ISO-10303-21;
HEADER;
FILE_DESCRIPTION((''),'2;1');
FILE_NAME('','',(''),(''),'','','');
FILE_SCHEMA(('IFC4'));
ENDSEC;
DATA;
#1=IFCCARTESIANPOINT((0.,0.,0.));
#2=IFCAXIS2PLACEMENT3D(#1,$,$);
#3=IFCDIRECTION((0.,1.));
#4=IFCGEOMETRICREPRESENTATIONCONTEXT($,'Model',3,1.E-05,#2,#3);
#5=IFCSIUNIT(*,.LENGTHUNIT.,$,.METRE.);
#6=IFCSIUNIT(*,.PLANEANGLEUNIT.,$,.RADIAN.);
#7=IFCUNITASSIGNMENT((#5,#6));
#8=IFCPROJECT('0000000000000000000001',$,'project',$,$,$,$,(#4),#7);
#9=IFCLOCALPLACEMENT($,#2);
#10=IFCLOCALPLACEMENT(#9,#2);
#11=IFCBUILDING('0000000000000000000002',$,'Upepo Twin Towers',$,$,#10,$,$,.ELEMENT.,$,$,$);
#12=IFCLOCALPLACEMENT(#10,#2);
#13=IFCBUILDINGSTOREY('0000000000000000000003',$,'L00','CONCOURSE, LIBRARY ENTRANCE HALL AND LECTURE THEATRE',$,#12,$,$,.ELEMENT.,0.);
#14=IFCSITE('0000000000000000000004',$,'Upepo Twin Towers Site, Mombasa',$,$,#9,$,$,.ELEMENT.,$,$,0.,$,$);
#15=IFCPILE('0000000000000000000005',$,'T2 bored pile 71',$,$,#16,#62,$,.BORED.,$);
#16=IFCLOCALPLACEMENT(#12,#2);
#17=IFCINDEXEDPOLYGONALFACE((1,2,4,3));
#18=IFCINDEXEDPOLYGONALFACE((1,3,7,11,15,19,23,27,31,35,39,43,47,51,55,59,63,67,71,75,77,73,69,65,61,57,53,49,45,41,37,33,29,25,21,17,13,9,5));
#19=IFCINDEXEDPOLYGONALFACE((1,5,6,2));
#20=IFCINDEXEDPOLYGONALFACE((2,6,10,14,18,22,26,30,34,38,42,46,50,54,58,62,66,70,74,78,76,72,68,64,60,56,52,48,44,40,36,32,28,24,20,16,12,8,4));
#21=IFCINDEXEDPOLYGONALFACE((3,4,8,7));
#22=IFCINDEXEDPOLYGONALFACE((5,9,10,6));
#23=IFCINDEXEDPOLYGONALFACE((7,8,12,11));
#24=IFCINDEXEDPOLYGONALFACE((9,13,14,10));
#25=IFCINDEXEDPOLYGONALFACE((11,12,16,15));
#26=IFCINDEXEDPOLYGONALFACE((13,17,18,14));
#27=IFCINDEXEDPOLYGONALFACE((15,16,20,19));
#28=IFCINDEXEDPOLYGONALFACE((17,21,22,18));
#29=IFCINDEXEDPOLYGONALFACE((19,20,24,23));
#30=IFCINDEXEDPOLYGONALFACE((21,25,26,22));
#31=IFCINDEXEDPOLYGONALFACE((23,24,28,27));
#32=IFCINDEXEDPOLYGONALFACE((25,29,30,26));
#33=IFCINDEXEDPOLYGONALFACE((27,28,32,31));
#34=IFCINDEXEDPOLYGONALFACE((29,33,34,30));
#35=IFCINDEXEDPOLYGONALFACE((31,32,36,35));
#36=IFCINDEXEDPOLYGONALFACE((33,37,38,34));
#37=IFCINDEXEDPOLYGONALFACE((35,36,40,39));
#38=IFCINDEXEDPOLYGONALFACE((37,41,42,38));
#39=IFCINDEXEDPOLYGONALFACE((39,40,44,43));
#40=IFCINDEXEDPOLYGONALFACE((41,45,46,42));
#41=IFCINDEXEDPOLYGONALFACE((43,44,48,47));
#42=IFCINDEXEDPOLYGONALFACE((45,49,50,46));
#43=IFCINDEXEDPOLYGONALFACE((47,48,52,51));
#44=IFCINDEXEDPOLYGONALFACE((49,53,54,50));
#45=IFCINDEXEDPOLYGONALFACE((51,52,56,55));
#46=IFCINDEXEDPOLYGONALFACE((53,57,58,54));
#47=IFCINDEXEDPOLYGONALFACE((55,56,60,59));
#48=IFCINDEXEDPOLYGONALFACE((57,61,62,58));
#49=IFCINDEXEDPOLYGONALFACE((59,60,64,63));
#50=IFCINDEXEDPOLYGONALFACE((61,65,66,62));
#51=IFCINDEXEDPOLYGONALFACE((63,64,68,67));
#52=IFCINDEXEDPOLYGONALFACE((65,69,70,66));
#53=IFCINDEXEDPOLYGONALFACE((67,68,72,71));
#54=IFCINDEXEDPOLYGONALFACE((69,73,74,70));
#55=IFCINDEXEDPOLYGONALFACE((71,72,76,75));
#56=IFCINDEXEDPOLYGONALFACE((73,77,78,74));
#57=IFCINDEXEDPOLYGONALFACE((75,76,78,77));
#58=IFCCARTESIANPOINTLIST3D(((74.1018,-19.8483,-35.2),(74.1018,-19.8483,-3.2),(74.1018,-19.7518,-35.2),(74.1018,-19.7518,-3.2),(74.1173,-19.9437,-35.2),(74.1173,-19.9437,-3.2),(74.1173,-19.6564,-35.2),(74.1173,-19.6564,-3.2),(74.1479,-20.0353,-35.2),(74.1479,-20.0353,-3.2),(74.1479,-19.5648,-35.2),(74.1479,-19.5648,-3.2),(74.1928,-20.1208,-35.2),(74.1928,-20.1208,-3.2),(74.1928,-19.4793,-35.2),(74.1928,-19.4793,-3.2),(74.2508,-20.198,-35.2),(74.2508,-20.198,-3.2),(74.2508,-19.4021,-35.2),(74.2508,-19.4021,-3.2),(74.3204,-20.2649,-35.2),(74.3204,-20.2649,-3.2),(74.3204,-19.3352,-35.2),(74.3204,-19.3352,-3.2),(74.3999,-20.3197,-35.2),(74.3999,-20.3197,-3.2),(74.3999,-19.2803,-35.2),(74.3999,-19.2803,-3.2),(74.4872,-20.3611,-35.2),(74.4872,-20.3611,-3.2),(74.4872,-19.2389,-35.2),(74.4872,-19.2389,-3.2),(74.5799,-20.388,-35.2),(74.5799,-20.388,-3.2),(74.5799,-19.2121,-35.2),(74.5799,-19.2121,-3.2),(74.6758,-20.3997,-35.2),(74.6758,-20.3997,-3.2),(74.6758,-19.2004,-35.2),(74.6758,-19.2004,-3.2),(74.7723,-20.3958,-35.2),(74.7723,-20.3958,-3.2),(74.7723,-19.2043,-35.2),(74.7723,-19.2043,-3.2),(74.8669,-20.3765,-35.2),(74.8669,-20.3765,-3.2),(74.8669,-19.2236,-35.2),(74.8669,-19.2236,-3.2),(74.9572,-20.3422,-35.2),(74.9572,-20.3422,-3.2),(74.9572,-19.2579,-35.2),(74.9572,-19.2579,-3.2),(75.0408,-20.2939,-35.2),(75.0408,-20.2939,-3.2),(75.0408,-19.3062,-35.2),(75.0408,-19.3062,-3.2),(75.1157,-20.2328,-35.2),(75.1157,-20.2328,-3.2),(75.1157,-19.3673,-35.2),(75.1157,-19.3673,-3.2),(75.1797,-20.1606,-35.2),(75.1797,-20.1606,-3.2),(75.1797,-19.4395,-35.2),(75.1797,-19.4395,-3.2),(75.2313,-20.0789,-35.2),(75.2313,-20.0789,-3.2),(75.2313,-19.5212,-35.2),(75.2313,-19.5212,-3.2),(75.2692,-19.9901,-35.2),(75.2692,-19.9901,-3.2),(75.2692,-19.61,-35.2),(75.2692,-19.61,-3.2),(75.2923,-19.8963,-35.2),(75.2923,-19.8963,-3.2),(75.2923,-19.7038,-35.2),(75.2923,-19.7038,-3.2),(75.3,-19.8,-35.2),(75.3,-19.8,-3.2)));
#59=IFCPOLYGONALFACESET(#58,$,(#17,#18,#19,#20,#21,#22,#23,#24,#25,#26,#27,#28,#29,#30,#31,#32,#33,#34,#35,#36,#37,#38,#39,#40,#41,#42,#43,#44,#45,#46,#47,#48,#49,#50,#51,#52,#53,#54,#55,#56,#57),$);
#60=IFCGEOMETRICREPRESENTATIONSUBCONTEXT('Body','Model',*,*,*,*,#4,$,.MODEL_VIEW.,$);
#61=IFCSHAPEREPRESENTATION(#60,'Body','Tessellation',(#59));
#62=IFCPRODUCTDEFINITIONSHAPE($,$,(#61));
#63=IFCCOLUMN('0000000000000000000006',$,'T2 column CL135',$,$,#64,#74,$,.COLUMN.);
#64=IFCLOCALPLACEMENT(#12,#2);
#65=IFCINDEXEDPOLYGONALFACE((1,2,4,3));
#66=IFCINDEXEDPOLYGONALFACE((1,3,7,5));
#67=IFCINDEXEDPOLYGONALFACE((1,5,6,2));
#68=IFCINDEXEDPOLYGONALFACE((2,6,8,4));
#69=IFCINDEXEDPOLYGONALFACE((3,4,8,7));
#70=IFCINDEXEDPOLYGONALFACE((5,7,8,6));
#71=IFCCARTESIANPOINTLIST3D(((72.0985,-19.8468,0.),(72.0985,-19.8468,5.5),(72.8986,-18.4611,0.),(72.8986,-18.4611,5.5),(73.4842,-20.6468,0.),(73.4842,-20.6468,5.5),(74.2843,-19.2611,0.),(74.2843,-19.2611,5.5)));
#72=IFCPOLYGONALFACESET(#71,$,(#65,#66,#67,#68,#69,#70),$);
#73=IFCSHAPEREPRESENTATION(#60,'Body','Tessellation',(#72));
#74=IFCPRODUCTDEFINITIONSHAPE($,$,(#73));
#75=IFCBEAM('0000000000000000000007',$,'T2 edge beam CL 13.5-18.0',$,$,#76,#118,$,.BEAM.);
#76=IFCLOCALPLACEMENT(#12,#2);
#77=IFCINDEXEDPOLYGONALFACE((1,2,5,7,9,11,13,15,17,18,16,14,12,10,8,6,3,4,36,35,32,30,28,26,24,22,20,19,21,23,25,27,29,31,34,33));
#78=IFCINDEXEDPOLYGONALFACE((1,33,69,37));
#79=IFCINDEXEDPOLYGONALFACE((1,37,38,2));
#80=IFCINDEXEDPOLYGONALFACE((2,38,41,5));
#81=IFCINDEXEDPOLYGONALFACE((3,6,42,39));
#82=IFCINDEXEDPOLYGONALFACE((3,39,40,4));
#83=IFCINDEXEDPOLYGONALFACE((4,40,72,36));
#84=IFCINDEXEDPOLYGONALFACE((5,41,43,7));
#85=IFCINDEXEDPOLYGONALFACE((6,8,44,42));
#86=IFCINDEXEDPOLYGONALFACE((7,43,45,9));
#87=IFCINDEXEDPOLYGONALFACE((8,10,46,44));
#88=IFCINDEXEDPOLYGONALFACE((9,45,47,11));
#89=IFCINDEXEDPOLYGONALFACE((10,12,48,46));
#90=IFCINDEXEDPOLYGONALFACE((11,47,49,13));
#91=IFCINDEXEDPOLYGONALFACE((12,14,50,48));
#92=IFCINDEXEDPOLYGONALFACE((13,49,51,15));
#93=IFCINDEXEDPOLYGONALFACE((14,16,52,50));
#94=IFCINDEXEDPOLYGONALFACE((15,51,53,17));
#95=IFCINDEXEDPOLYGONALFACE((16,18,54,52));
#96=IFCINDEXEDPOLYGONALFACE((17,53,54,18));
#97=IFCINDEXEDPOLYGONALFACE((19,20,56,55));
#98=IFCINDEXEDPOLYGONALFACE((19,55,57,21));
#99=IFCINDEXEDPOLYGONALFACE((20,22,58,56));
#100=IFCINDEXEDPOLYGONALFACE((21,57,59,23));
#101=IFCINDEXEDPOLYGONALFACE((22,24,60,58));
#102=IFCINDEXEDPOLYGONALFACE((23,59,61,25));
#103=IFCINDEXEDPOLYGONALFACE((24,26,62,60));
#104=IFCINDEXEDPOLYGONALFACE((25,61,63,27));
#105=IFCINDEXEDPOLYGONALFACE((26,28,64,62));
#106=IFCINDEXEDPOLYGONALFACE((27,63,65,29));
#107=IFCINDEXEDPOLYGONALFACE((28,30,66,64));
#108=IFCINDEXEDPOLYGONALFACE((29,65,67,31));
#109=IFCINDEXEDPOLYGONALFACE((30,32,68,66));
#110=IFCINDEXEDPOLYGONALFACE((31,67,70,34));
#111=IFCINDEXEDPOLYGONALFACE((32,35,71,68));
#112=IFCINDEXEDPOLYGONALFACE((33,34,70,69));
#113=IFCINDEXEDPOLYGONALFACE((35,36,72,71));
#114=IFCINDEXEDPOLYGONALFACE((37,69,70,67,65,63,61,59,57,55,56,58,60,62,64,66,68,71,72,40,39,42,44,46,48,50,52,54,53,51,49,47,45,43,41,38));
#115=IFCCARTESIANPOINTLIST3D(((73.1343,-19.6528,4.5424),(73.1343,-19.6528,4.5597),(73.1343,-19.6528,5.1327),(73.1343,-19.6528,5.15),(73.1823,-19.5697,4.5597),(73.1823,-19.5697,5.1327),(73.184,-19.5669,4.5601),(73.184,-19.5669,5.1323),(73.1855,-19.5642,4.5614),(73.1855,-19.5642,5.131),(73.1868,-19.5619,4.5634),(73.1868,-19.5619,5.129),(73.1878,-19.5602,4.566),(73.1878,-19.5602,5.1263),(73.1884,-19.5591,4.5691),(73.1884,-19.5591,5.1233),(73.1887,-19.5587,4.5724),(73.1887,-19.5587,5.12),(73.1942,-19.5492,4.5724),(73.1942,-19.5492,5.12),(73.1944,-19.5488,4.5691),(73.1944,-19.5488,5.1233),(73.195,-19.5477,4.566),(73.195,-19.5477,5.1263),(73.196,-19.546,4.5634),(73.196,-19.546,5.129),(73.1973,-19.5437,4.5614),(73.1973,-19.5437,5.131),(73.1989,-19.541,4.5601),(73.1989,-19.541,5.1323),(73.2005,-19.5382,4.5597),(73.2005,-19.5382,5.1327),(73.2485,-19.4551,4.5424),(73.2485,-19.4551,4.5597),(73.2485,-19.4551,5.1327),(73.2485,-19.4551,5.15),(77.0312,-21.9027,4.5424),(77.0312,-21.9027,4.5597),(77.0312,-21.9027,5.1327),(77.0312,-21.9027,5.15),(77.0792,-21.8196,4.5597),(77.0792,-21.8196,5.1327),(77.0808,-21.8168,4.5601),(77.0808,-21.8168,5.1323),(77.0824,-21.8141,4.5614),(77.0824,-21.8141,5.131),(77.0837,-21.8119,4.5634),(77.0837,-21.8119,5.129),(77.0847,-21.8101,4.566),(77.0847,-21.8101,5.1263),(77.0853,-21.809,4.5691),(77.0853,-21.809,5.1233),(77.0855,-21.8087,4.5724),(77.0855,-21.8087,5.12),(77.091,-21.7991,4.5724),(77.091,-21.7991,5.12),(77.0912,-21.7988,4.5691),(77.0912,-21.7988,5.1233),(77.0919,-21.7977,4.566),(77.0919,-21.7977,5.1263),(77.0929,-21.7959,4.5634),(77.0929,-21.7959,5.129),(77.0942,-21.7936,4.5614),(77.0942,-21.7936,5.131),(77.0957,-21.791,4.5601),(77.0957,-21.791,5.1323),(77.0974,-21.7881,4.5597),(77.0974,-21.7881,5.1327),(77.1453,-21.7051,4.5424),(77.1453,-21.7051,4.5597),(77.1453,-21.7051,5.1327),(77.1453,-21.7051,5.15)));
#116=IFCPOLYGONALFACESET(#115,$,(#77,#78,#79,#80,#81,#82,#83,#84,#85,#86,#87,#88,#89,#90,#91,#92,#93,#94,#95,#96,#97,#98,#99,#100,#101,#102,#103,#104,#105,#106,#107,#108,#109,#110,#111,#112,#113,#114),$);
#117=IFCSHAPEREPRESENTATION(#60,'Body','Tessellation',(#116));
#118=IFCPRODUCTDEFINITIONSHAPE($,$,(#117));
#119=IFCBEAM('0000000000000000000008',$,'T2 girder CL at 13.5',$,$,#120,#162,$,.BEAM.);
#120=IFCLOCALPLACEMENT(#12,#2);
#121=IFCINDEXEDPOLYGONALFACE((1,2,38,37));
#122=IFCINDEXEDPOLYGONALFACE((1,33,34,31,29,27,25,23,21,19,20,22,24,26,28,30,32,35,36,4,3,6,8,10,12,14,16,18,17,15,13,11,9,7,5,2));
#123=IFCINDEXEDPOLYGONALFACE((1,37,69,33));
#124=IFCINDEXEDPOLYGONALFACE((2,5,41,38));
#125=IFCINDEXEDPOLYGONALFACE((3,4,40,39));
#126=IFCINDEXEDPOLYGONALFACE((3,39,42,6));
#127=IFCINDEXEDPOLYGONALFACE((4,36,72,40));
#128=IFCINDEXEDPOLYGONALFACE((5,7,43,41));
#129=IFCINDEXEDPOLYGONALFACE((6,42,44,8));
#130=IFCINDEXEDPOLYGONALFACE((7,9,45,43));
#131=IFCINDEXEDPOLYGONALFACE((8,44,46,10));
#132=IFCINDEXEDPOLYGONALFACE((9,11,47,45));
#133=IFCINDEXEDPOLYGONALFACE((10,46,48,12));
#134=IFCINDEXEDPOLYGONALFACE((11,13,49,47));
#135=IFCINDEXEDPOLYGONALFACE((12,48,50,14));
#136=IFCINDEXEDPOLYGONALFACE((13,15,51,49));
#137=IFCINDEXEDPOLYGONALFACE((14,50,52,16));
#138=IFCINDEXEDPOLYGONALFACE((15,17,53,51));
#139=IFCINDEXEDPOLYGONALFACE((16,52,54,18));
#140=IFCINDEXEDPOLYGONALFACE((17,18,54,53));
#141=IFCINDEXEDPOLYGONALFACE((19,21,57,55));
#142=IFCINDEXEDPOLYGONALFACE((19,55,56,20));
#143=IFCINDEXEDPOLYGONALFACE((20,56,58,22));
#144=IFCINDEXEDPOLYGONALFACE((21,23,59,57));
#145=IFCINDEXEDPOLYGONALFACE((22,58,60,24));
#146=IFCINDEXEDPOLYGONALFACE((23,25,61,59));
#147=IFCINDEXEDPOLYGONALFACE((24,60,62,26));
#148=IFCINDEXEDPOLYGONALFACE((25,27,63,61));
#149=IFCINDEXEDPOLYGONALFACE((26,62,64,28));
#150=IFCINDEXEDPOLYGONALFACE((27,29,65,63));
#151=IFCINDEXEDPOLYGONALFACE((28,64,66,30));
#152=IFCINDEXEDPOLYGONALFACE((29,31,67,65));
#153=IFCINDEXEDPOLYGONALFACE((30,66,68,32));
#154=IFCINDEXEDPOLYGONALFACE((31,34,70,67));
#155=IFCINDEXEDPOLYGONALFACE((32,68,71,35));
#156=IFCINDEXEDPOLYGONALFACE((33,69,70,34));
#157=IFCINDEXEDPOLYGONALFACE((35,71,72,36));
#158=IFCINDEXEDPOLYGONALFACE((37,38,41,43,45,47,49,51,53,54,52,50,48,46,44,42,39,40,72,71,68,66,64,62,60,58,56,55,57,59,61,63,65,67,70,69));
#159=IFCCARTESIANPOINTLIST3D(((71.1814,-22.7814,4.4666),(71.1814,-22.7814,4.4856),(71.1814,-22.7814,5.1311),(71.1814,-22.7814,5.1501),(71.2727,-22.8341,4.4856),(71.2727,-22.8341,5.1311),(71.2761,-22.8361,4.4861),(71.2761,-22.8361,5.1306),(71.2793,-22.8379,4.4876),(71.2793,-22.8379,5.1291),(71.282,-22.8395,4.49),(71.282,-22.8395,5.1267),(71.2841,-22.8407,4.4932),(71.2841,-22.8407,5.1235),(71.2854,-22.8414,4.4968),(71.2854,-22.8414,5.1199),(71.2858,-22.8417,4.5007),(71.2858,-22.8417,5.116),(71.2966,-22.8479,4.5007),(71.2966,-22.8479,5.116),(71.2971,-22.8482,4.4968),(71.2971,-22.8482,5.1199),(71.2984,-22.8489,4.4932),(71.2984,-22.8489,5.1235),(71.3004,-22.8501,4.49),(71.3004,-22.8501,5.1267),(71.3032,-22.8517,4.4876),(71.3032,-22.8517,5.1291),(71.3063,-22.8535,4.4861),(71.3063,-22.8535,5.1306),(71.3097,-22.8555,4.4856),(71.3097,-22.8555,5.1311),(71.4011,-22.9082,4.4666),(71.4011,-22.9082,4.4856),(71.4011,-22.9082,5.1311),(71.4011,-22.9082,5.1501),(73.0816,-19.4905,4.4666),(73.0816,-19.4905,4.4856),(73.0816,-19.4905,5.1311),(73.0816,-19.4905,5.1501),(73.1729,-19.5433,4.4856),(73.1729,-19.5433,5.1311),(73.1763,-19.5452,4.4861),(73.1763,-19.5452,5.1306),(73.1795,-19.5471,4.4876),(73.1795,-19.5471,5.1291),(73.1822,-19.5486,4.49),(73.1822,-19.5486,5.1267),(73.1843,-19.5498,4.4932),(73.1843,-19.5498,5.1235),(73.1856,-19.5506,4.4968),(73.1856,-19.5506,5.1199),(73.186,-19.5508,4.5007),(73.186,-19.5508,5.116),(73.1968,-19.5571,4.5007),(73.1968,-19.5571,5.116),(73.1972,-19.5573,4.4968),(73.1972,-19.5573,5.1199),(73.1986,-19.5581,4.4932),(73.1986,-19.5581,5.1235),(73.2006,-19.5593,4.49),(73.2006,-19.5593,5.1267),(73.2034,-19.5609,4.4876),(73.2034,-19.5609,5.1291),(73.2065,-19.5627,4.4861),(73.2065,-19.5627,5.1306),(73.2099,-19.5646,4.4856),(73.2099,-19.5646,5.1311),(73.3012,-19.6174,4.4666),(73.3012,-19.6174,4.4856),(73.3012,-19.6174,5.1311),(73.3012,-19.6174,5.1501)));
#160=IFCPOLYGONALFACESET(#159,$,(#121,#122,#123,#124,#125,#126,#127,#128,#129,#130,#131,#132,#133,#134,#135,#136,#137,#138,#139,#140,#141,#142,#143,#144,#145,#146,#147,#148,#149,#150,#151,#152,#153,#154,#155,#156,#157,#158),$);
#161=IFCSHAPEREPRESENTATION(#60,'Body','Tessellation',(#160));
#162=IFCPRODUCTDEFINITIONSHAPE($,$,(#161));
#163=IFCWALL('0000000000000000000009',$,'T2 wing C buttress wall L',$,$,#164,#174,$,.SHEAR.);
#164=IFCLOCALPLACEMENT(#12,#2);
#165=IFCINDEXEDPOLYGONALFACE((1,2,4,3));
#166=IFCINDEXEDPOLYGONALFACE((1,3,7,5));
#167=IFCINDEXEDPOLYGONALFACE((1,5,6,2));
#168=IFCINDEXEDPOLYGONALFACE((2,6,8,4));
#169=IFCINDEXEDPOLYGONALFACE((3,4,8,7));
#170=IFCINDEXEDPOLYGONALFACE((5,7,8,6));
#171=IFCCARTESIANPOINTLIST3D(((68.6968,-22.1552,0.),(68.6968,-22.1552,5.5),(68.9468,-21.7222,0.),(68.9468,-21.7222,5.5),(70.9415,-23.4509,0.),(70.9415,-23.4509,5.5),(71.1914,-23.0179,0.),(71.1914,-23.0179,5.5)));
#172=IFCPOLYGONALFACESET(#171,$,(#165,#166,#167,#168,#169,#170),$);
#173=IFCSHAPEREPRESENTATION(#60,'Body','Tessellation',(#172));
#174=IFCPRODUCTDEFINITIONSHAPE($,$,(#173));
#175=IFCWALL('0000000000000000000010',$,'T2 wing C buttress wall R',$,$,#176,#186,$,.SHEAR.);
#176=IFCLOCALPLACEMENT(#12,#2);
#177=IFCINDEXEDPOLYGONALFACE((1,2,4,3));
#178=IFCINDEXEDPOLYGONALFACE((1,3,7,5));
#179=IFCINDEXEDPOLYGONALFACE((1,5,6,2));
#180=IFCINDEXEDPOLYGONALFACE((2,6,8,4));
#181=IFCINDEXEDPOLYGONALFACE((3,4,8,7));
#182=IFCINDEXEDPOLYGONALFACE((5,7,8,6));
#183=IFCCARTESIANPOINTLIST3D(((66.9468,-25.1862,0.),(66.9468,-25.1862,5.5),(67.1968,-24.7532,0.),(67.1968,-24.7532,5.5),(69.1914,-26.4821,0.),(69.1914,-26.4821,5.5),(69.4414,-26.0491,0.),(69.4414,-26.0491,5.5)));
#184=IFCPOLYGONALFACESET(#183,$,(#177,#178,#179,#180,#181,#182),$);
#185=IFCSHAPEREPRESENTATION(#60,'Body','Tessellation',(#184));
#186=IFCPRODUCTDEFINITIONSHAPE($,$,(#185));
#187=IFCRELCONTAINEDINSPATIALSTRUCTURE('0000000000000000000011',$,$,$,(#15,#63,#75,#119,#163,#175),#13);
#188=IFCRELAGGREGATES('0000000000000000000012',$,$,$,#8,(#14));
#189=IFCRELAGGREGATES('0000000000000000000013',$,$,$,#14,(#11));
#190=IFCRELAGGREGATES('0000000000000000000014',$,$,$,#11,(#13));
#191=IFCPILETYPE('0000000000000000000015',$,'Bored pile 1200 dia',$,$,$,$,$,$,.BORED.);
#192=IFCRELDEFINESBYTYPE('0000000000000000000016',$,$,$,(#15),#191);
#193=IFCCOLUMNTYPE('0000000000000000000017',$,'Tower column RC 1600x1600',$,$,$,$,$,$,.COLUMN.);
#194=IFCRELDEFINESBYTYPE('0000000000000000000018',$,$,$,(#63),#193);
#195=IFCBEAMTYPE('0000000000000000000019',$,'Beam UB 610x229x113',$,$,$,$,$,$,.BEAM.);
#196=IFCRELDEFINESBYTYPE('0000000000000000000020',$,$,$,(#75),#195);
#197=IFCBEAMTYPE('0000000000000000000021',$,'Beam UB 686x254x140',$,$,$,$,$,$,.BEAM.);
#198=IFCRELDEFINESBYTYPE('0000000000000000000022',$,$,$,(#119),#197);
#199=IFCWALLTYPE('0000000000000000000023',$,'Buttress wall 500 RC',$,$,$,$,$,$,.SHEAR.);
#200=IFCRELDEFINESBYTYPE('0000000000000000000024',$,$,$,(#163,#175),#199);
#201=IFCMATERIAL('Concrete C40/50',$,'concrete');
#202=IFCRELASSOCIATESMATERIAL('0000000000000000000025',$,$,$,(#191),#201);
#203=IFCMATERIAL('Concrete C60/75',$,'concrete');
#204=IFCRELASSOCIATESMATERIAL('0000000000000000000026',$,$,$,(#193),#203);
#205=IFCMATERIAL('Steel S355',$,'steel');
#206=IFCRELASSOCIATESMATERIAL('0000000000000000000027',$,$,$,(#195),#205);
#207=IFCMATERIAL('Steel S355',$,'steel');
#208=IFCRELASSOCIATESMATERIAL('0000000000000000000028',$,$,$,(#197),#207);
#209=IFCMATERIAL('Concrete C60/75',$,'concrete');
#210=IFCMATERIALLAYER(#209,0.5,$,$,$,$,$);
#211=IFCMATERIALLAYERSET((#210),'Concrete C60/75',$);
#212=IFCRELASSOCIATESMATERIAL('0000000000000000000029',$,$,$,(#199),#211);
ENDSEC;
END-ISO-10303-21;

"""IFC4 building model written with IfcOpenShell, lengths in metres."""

from ifc_helpers import new_model, si_unit, direction, frame, frame_2d, origin, origin_2d, place, context, subcontext, project, spatial, rectangle, circle, i_section, extrude, material, layer, layer_set, material_profile, profile_set, type_object, element, save


model = new_model("IFC4")

# Units and contexts
model_context = context("Model", 3, precision=1e-05, world=origin(), true_north=direction((0.0, 1.0)))
body_context = subcontext(model_context, "Body", "Model", "MODEL_VIEW")
ifc_project = project(units=[si_unit("LENGTHUNIT", "METRE"), si_unit("PLANEANGLEUNIT", "RADIAN")], contexts=[model_context])

# Site, building, storey
site_placement = place(None, origin())
site = spatial("IfcSite", under=ifc_project, at=site_placement, Name="Upepo Twin Towers Site, Mombasa", CompositionType="ELEMENT", RefElevation=0.0)
building_placement = place(site_placement, origin())
building = spatial("IfcBuilding", under=site, at=building_placement, Name="Upepo Twin Towers", CompositionType="ELEMENT")
storey_placement = place(building_placement, origin())
storey = spatial("IfcBuildingStorey", under=building, at=storey_placement, Name="L00", Description="CONCOURSE, LIBRARY ENTRANCE HALL AND LECTURE THEATRE", CompositionType="ELEMENT", Elevation=0.0)

# Pile
ifc_material_1 = material(Name="Concrete C40/50", Category="concrete")
pile_type = type_object("IfcPileType", Name="Bored pile 1200 dia", PredefinedType="BORED", material=ifc_material_1)
for number, where, z_axis, x_axis, name in (
    (1, (74.7, -19.8, -3.2), (0.0, 0.0, -1.0), (1.0, 0.0, 0.0), "T2 bored pile 71"),
):
    element("IfcPile", number, at=place(storey_placement, frame(where, z_axis=z_axis, x_axis=x_axis)), inside=storey, type_object=pile_type, Name=name, PredefinedType="BORED", context=body_context, shape_type="SweptSolid", body=[
        extrude(circle(Radius=0.6001, at=origin_2d()), origin(), (0.0, 0.0, 1.0), 32.0),
    ])

# Column
ifc_material_2 = material(Name="Concrete C60/75", Category="concrete")
ifc_material_profile_1 = material_profile(ifc_material_2, rectangle(XDim=1.6001, YDim=1.6001, at=origin_2d()), Name="RC 1600x1600")
ifc_profile_set_1 = profile_set([ifc_material_profile_1], Name="Concrete C60/75")
column_type = type_object("IfcColumnType", Name="Tower column RC 1600x1600", PredefinedType="COLUMN", material=ifc_profile_set_1)
column_placement = place(storey_placement, frame((73.1914, -19.554, 0.0), z_axis=(0.0, 0.0, 1.0), x_axis=(0.5, 0.866025, 0.0)))
element("IfcColumn", 2, at=column_placement, inside=storey, type_object=column_type, Name="T2 column CL135", PredefinedType="COLUMN", context=body_context, shape_type="SweptSolid", body=[
    extrude(rectangle(XDim=1.6001, YDim=1.6001, at=origin_2d()), origin(), (0.0, 0.0, 1.0), 5.5),
])

# Beams
ifc_material_3 = material(Name="Steel S355", Category="steel")
ifc_material_profile_2 = material_profile(ifc_material_3, i_section(OverallWidth=0.2283, OverallDepth=0.6077, WebThickness=0.011, FlangeThickness=0.0173, FilletRadius=0.0127, at=origin_2d()), Name="UB 610x229x113")
ifc_profile_set_2 = profile_set([ifc_material_profile_2], Name="Steel S355")
beam_type_1 = type_object("IfcBeamType", Name="Beam UB 610x229x113", PredefinedType="BEAM", material=ifc_profile_set_2)
beam_1_placement = place(storey_placement, frame((73.1914, -19.554, 4.8462), z_axis=(0.866018, -0.500014, 0.0), x_axis=(0.500014, 0.866018, 0.0)))
element("IfcBeam", 3, at=beam_1_placement, inside=storey, type_object=beam_type_1, Name="T2 edge beam CL 13.5-18.0", PredefinedType="BEAM", context=body_context, shape_type="SweptSolid", body=[
    extrude(i_section(OverallWidth=0.2283, OverallDepth=0.6077, WebThickness=0.011, FlangeThickness=0.0173, FilletRadius=0.0127, at=origin_2d()), origin(), (0.0, 0.0, 1.0), 4.4998),
])
ifc_material_4 = material(Name="Steel S355", Category="steel")
ifc_material_profile_3 = material_profile(ifc_material_4, i_section(OverallWidth=0.2537, OverallDepth=0.6836, WebThickness=0.0125, FlangeThickness=0.019, FilletRadius=0.0151, at=origin_2d()), Name="UB 686x254x140")
ifc_profile_set_3 = profile_set([ifc_material_profile_3], Name="Steel S355")
beam_type_2 = type_object("IfcBeamType", Name="Beam UB 686x254x140", PredefinedType="BEAM", material=ifc_profile_set_3)
beam_2_placement = place(storey_placement, frame((73.1914, -19.554, 4.8083), z_axis=(-0.500043, -0.866, 0.0), x_axis=(0.866, -0.500043, 0.0)))
element("IfcBeam", 4, at=beam_2_placement, inside=storey, type_object=beam_type_2, Name="T2 girder CL at 13.5", PredefinedType="BEAM", context=body_context, shape_type="SweptSolid", body=[
    extrude(i_section(OverallWidth=0.2537, OverallDepth=0.6836, WebThickness=0.0125, FlangeThickness=0.019, FilletRadius=0.0151, at=origin_2d()), origin(), (0.0, 0.0, 1.0), 3.8),
])

# Walls
ifc_material_5 = material(Name="Concrete C60/75", Category="concrete")
ifc_layer_1 = layer(ifc_material_5, 0.5)
ifc_layer_set_1 = layer_set([ifc_layer_1], Name="Concrete C60/75")
wall_type_1 = type_object("IfcWallType", Name="Buttress wall 500 RC", PredefinedType="SHEAR", material=ifc_layer_set_1)
for number, where, z_axis, x_axis, name in (
    (5, (68.8218, -21.9387, 0.0), (0.0, 0.0, 1.0), (0.866073, -0.499918, 0.0), "T2 wing C buttress wall L"),
    (6, (67.0718, -24.9697, 0.0), (0.0, 0.0, 1.0), (0.866032, -0.499989, 0.0), "T2 wing C buttress wall R"),
):
    element("IfcWall", number, at=place(storey_placement, frame(where, z_axis=z_axis, x_axis=x_axis)), inside=storey, type_object=wall_type_1, Name=name, PredefinedType="SHEAR", context=body_context, shape_type="SweptSolid", body=[
        extrude(rectangle(XDim=2.5918, YDim=0.5, at=frame_2d((1.2959, 0.0))), origin(), (0.0, 0.0, 1.0), 5.5),
    ])

save(model, "model.ifc")
